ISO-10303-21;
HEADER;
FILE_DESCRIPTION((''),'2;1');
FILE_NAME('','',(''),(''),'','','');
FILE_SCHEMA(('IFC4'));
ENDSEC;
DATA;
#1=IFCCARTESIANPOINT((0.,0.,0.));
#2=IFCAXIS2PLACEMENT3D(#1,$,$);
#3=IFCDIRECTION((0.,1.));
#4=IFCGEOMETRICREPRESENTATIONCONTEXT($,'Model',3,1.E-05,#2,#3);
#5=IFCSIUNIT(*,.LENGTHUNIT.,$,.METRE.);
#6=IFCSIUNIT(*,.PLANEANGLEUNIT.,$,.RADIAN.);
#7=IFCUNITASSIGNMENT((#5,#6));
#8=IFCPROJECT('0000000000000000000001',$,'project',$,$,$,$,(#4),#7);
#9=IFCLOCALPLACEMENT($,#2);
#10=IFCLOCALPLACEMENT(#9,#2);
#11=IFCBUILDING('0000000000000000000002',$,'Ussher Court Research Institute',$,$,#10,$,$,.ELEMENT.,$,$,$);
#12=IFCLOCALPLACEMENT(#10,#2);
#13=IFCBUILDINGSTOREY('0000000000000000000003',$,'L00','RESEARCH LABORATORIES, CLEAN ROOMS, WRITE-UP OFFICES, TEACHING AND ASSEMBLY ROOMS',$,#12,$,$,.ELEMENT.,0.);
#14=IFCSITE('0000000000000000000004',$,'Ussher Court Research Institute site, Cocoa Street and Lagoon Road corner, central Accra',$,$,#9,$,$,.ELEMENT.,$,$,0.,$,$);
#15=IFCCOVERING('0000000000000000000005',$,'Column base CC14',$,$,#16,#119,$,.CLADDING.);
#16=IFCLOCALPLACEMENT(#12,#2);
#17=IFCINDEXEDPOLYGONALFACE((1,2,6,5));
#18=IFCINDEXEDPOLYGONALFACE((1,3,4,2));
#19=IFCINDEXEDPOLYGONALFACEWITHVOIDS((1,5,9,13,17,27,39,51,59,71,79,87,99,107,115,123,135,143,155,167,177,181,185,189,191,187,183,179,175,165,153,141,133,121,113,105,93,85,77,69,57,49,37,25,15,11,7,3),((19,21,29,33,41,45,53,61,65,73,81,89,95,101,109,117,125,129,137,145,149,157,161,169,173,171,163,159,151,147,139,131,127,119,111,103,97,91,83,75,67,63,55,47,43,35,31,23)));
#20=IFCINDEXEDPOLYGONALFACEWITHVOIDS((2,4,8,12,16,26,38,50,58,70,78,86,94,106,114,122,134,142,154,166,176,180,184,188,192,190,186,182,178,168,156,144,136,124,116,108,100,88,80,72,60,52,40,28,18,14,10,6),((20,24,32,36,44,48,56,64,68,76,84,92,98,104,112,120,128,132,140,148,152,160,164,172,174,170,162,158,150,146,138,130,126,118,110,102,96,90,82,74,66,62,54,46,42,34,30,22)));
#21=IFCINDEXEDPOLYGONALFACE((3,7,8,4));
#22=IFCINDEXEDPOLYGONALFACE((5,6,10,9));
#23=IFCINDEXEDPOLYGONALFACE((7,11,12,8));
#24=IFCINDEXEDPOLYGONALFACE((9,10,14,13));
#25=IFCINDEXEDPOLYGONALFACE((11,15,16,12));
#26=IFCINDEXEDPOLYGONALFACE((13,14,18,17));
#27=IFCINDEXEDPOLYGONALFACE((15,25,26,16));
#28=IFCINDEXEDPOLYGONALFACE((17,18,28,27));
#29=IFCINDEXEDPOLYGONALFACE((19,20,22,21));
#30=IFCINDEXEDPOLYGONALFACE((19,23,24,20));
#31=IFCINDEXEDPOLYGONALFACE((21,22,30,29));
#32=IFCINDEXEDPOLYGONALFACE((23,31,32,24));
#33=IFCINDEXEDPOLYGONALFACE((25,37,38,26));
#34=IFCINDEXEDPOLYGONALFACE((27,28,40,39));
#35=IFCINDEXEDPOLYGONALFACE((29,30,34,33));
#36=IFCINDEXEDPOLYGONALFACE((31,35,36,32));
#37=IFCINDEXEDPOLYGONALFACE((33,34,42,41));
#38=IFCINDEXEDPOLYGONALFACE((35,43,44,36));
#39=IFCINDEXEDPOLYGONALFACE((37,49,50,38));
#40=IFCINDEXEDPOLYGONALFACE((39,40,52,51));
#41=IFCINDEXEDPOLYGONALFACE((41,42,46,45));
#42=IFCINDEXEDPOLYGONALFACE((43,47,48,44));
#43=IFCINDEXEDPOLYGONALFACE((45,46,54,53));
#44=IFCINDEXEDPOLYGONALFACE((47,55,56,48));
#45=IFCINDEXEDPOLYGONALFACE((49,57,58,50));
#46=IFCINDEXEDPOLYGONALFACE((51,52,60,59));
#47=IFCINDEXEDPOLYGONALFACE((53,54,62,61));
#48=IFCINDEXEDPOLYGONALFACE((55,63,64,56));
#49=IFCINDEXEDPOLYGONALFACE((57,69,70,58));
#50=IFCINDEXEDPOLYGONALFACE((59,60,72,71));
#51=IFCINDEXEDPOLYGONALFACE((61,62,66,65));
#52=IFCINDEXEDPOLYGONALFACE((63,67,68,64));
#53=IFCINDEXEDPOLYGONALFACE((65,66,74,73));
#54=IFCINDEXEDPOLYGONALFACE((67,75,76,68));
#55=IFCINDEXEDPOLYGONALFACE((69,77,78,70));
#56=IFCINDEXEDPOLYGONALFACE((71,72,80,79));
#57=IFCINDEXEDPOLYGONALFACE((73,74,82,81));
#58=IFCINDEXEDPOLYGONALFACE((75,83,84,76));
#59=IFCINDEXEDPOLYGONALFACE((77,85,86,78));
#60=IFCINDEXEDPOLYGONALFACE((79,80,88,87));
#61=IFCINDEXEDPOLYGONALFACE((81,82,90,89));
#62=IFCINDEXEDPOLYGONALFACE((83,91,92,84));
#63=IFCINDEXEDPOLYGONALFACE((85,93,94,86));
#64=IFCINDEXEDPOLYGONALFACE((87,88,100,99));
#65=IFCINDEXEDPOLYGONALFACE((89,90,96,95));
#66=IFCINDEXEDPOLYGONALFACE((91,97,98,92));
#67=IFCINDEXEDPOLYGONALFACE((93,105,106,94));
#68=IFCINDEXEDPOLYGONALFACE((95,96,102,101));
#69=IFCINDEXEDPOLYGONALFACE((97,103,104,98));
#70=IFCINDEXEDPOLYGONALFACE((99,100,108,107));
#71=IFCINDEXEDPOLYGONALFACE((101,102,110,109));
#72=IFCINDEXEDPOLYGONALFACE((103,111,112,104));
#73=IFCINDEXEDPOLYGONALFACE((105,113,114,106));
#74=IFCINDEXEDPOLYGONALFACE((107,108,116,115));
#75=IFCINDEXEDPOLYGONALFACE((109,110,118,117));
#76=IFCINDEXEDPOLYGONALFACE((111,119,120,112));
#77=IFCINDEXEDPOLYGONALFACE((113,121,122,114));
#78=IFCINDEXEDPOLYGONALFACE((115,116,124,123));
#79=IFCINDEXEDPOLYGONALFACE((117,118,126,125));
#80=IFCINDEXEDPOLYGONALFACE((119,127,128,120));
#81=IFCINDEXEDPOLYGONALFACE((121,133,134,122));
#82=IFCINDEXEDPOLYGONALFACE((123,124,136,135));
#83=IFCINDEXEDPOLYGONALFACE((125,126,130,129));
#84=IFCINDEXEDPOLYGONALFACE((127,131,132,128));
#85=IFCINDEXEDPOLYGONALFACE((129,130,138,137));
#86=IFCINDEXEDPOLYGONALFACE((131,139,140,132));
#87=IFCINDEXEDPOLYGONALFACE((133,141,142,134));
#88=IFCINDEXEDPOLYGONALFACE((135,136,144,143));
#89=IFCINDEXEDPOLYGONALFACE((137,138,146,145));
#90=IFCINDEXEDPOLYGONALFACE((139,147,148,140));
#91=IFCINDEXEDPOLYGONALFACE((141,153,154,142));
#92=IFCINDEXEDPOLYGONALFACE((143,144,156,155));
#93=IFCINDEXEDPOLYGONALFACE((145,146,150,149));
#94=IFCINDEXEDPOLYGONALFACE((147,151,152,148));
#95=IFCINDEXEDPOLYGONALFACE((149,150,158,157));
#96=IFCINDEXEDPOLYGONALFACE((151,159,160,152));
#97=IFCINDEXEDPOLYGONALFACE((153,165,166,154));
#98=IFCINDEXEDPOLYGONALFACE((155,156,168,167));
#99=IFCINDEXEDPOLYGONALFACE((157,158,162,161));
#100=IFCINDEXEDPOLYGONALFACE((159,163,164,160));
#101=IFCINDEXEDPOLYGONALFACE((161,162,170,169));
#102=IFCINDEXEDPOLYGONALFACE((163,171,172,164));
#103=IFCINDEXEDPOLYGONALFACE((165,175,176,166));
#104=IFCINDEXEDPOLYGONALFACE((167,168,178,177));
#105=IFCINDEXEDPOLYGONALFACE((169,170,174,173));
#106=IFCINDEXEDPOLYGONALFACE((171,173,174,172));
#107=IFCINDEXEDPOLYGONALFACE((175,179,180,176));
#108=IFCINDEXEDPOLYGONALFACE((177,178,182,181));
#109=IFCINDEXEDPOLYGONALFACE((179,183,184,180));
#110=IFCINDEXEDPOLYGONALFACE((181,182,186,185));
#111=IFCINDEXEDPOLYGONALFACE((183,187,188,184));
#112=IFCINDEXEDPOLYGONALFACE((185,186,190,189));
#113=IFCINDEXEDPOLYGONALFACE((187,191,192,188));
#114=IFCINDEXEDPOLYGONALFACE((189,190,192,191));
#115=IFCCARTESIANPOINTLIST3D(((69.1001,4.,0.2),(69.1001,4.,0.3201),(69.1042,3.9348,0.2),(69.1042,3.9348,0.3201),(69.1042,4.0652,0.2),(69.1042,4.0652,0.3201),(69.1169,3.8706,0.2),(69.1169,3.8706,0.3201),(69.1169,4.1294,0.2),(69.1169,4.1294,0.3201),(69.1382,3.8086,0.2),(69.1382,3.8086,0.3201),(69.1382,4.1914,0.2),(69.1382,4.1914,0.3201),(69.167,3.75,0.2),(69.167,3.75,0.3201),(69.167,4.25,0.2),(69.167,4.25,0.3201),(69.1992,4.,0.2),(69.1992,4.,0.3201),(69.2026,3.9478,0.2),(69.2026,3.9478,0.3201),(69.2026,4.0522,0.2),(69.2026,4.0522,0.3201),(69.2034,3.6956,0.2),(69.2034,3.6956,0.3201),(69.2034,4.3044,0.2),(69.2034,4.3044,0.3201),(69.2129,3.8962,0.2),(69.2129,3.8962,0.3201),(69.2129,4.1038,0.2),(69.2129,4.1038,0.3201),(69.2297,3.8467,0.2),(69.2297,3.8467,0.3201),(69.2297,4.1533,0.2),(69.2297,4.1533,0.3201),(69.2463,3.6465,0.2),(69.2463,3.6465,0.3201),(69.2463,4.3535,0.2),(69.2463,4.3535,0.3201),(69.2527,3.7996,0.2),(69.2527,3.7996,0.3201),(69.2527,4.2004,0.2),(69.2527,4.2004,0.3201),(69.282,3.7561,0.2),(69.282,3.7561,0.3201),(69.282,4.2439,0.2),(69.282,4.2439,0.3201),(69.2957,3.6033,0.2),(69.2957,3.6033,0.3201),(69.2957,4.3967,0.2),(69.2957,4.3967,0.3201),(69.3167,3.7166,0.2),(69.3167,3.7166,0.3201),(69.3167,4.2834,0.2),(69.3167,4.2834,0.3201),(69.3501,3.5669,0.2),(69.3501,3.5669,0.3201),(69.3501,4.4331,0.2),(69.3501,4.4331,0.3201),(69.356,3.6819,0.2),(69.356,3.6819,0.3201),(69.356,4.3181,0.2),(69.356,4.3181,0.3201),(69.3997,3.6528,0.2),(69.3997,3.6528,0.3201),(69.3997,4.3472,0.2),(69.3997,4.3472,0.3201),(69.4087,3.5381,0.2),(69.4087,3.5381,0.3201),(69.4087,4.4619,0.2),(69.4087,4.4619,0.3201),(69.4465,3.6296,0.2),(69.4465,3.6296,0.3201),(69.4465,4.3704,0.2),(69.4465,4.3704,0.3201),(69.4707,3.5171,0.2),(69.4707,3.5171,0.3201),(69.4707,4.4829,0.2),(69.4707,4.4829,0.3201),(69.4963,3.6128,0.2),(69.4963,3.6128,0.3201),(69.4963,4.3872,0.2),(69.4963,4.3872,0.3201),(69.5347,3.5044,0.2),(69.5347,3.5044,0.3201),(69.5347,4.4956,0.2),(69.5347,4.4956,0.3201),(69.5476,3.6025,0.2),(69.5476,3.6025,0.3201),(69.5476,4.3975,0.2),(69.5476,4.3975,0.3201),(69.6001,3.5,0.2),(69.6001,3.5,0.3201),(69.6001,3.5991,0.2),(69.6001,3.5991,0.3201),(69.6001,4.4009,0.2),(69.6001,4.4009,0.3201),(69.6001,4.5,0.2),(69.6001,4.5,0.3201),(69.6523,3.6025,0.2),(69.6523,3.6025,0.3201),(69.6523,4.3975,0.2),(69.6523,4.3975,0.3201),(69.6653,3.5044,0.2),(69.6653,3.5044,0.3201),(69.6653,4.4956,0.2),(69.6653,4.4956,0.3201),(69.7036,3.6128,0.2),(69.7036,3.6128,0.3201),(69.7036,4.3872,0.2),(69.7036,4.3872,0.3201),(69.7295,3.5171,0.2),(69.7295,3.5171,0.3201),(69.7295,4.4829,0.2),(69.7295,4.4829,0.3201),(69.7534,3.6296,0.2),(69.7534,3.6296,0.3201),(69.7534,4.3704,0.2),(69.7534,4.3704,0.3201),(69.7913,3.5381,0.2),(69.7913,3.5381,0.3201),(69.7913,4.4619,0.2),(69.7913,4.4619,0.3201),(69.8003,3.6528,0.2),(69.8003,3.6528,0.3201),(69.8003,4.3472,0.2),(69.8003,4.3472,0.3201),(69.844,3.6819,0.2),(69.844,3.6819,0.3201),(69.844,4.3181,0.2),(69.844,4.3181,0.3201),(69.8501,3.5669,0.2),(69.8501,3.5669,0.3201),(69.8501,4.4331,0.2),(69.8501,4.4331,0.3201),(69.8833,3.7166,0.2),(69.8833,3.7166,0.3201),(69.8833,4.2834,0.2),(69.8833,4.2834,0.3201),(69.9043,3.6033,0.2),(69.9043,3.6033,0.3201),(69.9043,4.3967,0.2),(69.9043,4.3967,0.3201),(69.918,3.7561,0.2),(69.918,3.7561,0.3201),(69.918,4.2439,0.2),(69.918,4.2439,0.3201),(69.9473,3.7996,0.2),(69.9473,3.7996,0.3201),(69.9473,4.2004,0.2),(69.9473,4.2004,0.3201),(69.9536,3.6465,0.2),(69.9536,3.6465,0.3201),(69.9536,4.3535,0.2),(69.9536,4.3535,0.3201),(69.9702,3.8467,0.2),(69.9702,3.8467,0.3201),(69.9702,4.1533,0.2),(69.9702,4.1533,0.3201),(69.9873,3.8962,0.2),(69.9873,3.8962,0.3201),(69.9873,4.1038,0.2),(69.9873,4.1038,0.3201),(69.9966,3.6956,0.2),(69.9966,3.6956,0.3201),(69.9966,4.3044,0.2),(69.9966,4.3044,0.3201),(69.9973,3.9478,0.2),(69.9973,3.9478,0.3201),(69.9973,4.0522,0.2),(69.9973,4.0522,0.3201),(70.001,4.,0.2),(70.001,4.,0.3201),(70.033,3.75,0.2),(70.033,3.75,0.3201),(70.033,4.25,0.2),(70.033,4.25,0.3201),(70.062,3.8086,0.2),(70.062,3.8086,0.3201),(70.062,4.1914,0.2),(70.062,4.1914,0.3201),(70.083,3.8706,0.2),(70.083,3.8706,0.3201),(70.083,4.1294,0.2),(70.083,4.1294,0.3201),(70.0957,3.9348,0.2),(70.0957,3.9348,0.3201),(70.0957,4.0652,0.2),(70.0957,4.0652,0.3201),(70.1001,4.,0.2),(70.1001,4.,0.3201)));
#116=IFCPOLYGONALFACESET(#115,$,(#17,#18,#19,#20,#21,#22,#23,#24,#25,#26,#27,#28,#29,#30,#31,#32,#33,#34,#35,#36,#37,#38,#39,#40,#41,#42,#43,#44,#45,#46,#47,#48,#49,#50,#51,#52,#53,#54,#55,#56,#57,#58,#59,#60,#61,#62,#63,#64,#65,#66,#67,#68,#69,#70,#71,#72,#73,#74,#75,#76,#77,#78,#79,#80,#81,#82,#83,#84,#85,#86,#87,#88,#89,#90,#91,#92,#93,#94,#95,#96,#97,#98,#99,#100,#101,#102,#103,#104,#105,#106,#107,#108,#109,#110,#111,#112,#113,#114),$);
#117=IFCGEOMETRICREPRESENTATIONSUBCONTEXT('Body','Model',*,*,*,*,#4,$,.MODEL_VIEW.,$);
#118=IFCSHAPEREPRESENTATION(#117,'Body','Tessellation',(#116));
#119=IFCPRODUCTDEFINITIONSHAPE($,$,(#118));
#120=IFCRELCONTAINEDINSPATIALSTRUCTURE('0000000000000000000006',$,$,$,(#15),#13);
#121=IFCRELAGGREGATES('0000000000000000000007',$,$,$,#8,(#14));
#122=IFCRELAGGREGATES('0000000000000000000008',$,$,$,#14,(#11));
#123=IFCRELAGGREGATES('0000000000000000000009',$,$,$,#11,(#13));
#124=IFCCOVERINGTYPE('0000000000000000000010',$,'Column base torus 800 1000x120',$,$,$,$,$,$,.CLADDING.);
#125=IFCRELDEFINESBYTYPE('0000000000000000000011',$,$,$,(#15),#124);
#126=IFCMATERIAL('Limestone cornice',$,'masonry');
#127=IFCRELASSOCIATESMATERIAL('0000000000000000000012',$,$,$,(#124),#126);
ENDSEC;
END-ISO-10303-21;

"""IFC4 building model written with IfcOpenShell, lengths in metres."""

from ifc_helpers import new_model, si_unit, direction, frame, origin, place, context, subcontext, project, spatial, polyline, outline, extrude, material, type_object, element, save


model = new_model("IFC4")

# Units and contexts
model_context = context("Model", 3, precision=1e-05, world=origin(), true_north=direction((0.0, 1.0)))
body_context = subcontext(model_context, "Body", "Model", "MODEL_VIEW")
ifc_project = project(units=[si_unit("LENGTHUNIT", "METRE"), si_unit("PLANEANGLEUNIT", "RADIAN")], contexts=[model_context])

# Site, building, storey
site_placement = place(None, origin())
site = spatial("IfcSite", under=ifc_project, at=site_placement, Name="Ussher Court Research Institute site, Cocoa Street and Lagoon Road corner, central Accra", CompositionType="ELEMENT", RefElevation=0.0)
building_placement = place(site_placement, origin())
building = spatial("IfcBuilding", under=site, at=building_placement, Name="Ussher Court Research Institute", CompositionType="ELEMENT")
storey_placement = place(building_placement, origin())
storey = spatial("IfcBuildingStorey", under=building, at=storey_placement, Name="L00", Description="RESEARCH LABORATORIES, CLEAN ROOMS, WRITE-UP OFFICES, TEACHING AND ASSEMBLY ROOMS", CompositionType="ELEMENT", Elevation=0.0)

# Covering
ifc_material_1 = material(Name="Limestone cornice", Category="masonry")
covering_type_1 = type_object("IfcCoveringType", Name="Column base torus 800 1000x120", PredefinedType="CLADDING", material=ifc_material_1)
covering_1_placement = place(storey_placement, frame((0.0, 0.0, 0.2)))
element("IfcCovering", 1, at=covering_1_placement, inside=storey, type_object=covering_type_1, Name="Column base CC14", PredefinedType="CLADDING", context=body_context, shape_type="SweptSolid", body=[
    extrude(outline(polyline([(70.1001, 4.0), (70.0957, 4.0652), (70.083, 4.1294), (70.062, 4.1914), (70.033, 4.25), (69.9966, 4.3044), (69.9536, 4.3535), (69.9043, 4.3967), (69.8501, 4.4331), (69.7913, 4.4619), (69.7295, 4.4829), (69.6653, 4.4956), (69.6001, 4.5), (69.5347, 4.4956), (69.4707, 4.4829), (69.4087, 4.4619), (69.3501, 4.4331), (69.2957, 4.3967), (69.2463, 4.3535), (69.2034, 4.3044), (69.167, 4.25), (69.1382, 4.1914), (69.1169, 4.1294), (69.1042, 4.0652), (69.1001, 4.0), (69.1042, 3.9348), (69.1169, 3.8706), (69.1382, 3.8086), (69.167, 3.75), (69.2034, 3.6956), (69.2463, 3.6465), (69.2957, 3.6033), (69.3501, 3.5669), (69.4087, 3.5381), (69.4707, 3.5171), (69.5347, 3.5044), (69.6001, 3.5), (69.6653, 3.5044), (69.7295, 3.5171), (69.7913, 3.5381), (69.8501, 3.5669), (69.9043, 3.6033), (69.9536, 3.6465), (69.9966, 3.6956), (70.033, 3.75), (70.062, 3.8086), (70.083, 3.8706), (70.0957, 3.9348), (70.1001, 4.0)]), holes=[polyline([(70.001, 4.0), (69.9973, 4.0522), (69.9873, 4.1038), (69.9702, 4.1533), (69.9473, 4.2004), (69.918, 4.2439), (69.8833, 4.2834), (69.844, 4.3181), (69.8003, 4.3472), (69.7534, 4.3704), (69.7036, 4.3872), (69.6523, 4.3975), (69.6001, 4.4009), (69.5476, 4.3975), (69.4963, 4.3872), (69.4465, 4.3704), (69.3997, 4.3472), (69.356, 4.3181), (69.3167, 4.2834), (69.282, 4.2439), (69.2527, 4.2004), (69.2297, 4.1533), (69.2129, 4.1038), (69.2026, 4.0522), (69.1992, 4.0), (69.2026, 3.9478), (69.2129, 3.8962), (69.2297, 3.8467), (69.2527, 3.7996), (69.282, 3.7561), (69.3167, 3.7166), (69.356, 3.6819), (69.3997, 3.6528), (69.4465, 3.6296), (69.4963, 3.6128), (69.5476, 3.6025), (69.6001, 3.5991), (69.6523, 3.6025), (69.7036, 3.6128), (69.7534, 3.6296), (69.8003, 3.6528), (69.844, 3.6819), (69.8833, 3.7166), (69.918, 3.7561), (69.9473, 3.7996), (69.9702, 3.8467), (69.9873, 3.8962), (69.9973, 3.9478), (70.001, 4.0)])]), origin(), (0.0, 0.0, 1.0), 0.1201),
])

save(model, "model.ifc")
